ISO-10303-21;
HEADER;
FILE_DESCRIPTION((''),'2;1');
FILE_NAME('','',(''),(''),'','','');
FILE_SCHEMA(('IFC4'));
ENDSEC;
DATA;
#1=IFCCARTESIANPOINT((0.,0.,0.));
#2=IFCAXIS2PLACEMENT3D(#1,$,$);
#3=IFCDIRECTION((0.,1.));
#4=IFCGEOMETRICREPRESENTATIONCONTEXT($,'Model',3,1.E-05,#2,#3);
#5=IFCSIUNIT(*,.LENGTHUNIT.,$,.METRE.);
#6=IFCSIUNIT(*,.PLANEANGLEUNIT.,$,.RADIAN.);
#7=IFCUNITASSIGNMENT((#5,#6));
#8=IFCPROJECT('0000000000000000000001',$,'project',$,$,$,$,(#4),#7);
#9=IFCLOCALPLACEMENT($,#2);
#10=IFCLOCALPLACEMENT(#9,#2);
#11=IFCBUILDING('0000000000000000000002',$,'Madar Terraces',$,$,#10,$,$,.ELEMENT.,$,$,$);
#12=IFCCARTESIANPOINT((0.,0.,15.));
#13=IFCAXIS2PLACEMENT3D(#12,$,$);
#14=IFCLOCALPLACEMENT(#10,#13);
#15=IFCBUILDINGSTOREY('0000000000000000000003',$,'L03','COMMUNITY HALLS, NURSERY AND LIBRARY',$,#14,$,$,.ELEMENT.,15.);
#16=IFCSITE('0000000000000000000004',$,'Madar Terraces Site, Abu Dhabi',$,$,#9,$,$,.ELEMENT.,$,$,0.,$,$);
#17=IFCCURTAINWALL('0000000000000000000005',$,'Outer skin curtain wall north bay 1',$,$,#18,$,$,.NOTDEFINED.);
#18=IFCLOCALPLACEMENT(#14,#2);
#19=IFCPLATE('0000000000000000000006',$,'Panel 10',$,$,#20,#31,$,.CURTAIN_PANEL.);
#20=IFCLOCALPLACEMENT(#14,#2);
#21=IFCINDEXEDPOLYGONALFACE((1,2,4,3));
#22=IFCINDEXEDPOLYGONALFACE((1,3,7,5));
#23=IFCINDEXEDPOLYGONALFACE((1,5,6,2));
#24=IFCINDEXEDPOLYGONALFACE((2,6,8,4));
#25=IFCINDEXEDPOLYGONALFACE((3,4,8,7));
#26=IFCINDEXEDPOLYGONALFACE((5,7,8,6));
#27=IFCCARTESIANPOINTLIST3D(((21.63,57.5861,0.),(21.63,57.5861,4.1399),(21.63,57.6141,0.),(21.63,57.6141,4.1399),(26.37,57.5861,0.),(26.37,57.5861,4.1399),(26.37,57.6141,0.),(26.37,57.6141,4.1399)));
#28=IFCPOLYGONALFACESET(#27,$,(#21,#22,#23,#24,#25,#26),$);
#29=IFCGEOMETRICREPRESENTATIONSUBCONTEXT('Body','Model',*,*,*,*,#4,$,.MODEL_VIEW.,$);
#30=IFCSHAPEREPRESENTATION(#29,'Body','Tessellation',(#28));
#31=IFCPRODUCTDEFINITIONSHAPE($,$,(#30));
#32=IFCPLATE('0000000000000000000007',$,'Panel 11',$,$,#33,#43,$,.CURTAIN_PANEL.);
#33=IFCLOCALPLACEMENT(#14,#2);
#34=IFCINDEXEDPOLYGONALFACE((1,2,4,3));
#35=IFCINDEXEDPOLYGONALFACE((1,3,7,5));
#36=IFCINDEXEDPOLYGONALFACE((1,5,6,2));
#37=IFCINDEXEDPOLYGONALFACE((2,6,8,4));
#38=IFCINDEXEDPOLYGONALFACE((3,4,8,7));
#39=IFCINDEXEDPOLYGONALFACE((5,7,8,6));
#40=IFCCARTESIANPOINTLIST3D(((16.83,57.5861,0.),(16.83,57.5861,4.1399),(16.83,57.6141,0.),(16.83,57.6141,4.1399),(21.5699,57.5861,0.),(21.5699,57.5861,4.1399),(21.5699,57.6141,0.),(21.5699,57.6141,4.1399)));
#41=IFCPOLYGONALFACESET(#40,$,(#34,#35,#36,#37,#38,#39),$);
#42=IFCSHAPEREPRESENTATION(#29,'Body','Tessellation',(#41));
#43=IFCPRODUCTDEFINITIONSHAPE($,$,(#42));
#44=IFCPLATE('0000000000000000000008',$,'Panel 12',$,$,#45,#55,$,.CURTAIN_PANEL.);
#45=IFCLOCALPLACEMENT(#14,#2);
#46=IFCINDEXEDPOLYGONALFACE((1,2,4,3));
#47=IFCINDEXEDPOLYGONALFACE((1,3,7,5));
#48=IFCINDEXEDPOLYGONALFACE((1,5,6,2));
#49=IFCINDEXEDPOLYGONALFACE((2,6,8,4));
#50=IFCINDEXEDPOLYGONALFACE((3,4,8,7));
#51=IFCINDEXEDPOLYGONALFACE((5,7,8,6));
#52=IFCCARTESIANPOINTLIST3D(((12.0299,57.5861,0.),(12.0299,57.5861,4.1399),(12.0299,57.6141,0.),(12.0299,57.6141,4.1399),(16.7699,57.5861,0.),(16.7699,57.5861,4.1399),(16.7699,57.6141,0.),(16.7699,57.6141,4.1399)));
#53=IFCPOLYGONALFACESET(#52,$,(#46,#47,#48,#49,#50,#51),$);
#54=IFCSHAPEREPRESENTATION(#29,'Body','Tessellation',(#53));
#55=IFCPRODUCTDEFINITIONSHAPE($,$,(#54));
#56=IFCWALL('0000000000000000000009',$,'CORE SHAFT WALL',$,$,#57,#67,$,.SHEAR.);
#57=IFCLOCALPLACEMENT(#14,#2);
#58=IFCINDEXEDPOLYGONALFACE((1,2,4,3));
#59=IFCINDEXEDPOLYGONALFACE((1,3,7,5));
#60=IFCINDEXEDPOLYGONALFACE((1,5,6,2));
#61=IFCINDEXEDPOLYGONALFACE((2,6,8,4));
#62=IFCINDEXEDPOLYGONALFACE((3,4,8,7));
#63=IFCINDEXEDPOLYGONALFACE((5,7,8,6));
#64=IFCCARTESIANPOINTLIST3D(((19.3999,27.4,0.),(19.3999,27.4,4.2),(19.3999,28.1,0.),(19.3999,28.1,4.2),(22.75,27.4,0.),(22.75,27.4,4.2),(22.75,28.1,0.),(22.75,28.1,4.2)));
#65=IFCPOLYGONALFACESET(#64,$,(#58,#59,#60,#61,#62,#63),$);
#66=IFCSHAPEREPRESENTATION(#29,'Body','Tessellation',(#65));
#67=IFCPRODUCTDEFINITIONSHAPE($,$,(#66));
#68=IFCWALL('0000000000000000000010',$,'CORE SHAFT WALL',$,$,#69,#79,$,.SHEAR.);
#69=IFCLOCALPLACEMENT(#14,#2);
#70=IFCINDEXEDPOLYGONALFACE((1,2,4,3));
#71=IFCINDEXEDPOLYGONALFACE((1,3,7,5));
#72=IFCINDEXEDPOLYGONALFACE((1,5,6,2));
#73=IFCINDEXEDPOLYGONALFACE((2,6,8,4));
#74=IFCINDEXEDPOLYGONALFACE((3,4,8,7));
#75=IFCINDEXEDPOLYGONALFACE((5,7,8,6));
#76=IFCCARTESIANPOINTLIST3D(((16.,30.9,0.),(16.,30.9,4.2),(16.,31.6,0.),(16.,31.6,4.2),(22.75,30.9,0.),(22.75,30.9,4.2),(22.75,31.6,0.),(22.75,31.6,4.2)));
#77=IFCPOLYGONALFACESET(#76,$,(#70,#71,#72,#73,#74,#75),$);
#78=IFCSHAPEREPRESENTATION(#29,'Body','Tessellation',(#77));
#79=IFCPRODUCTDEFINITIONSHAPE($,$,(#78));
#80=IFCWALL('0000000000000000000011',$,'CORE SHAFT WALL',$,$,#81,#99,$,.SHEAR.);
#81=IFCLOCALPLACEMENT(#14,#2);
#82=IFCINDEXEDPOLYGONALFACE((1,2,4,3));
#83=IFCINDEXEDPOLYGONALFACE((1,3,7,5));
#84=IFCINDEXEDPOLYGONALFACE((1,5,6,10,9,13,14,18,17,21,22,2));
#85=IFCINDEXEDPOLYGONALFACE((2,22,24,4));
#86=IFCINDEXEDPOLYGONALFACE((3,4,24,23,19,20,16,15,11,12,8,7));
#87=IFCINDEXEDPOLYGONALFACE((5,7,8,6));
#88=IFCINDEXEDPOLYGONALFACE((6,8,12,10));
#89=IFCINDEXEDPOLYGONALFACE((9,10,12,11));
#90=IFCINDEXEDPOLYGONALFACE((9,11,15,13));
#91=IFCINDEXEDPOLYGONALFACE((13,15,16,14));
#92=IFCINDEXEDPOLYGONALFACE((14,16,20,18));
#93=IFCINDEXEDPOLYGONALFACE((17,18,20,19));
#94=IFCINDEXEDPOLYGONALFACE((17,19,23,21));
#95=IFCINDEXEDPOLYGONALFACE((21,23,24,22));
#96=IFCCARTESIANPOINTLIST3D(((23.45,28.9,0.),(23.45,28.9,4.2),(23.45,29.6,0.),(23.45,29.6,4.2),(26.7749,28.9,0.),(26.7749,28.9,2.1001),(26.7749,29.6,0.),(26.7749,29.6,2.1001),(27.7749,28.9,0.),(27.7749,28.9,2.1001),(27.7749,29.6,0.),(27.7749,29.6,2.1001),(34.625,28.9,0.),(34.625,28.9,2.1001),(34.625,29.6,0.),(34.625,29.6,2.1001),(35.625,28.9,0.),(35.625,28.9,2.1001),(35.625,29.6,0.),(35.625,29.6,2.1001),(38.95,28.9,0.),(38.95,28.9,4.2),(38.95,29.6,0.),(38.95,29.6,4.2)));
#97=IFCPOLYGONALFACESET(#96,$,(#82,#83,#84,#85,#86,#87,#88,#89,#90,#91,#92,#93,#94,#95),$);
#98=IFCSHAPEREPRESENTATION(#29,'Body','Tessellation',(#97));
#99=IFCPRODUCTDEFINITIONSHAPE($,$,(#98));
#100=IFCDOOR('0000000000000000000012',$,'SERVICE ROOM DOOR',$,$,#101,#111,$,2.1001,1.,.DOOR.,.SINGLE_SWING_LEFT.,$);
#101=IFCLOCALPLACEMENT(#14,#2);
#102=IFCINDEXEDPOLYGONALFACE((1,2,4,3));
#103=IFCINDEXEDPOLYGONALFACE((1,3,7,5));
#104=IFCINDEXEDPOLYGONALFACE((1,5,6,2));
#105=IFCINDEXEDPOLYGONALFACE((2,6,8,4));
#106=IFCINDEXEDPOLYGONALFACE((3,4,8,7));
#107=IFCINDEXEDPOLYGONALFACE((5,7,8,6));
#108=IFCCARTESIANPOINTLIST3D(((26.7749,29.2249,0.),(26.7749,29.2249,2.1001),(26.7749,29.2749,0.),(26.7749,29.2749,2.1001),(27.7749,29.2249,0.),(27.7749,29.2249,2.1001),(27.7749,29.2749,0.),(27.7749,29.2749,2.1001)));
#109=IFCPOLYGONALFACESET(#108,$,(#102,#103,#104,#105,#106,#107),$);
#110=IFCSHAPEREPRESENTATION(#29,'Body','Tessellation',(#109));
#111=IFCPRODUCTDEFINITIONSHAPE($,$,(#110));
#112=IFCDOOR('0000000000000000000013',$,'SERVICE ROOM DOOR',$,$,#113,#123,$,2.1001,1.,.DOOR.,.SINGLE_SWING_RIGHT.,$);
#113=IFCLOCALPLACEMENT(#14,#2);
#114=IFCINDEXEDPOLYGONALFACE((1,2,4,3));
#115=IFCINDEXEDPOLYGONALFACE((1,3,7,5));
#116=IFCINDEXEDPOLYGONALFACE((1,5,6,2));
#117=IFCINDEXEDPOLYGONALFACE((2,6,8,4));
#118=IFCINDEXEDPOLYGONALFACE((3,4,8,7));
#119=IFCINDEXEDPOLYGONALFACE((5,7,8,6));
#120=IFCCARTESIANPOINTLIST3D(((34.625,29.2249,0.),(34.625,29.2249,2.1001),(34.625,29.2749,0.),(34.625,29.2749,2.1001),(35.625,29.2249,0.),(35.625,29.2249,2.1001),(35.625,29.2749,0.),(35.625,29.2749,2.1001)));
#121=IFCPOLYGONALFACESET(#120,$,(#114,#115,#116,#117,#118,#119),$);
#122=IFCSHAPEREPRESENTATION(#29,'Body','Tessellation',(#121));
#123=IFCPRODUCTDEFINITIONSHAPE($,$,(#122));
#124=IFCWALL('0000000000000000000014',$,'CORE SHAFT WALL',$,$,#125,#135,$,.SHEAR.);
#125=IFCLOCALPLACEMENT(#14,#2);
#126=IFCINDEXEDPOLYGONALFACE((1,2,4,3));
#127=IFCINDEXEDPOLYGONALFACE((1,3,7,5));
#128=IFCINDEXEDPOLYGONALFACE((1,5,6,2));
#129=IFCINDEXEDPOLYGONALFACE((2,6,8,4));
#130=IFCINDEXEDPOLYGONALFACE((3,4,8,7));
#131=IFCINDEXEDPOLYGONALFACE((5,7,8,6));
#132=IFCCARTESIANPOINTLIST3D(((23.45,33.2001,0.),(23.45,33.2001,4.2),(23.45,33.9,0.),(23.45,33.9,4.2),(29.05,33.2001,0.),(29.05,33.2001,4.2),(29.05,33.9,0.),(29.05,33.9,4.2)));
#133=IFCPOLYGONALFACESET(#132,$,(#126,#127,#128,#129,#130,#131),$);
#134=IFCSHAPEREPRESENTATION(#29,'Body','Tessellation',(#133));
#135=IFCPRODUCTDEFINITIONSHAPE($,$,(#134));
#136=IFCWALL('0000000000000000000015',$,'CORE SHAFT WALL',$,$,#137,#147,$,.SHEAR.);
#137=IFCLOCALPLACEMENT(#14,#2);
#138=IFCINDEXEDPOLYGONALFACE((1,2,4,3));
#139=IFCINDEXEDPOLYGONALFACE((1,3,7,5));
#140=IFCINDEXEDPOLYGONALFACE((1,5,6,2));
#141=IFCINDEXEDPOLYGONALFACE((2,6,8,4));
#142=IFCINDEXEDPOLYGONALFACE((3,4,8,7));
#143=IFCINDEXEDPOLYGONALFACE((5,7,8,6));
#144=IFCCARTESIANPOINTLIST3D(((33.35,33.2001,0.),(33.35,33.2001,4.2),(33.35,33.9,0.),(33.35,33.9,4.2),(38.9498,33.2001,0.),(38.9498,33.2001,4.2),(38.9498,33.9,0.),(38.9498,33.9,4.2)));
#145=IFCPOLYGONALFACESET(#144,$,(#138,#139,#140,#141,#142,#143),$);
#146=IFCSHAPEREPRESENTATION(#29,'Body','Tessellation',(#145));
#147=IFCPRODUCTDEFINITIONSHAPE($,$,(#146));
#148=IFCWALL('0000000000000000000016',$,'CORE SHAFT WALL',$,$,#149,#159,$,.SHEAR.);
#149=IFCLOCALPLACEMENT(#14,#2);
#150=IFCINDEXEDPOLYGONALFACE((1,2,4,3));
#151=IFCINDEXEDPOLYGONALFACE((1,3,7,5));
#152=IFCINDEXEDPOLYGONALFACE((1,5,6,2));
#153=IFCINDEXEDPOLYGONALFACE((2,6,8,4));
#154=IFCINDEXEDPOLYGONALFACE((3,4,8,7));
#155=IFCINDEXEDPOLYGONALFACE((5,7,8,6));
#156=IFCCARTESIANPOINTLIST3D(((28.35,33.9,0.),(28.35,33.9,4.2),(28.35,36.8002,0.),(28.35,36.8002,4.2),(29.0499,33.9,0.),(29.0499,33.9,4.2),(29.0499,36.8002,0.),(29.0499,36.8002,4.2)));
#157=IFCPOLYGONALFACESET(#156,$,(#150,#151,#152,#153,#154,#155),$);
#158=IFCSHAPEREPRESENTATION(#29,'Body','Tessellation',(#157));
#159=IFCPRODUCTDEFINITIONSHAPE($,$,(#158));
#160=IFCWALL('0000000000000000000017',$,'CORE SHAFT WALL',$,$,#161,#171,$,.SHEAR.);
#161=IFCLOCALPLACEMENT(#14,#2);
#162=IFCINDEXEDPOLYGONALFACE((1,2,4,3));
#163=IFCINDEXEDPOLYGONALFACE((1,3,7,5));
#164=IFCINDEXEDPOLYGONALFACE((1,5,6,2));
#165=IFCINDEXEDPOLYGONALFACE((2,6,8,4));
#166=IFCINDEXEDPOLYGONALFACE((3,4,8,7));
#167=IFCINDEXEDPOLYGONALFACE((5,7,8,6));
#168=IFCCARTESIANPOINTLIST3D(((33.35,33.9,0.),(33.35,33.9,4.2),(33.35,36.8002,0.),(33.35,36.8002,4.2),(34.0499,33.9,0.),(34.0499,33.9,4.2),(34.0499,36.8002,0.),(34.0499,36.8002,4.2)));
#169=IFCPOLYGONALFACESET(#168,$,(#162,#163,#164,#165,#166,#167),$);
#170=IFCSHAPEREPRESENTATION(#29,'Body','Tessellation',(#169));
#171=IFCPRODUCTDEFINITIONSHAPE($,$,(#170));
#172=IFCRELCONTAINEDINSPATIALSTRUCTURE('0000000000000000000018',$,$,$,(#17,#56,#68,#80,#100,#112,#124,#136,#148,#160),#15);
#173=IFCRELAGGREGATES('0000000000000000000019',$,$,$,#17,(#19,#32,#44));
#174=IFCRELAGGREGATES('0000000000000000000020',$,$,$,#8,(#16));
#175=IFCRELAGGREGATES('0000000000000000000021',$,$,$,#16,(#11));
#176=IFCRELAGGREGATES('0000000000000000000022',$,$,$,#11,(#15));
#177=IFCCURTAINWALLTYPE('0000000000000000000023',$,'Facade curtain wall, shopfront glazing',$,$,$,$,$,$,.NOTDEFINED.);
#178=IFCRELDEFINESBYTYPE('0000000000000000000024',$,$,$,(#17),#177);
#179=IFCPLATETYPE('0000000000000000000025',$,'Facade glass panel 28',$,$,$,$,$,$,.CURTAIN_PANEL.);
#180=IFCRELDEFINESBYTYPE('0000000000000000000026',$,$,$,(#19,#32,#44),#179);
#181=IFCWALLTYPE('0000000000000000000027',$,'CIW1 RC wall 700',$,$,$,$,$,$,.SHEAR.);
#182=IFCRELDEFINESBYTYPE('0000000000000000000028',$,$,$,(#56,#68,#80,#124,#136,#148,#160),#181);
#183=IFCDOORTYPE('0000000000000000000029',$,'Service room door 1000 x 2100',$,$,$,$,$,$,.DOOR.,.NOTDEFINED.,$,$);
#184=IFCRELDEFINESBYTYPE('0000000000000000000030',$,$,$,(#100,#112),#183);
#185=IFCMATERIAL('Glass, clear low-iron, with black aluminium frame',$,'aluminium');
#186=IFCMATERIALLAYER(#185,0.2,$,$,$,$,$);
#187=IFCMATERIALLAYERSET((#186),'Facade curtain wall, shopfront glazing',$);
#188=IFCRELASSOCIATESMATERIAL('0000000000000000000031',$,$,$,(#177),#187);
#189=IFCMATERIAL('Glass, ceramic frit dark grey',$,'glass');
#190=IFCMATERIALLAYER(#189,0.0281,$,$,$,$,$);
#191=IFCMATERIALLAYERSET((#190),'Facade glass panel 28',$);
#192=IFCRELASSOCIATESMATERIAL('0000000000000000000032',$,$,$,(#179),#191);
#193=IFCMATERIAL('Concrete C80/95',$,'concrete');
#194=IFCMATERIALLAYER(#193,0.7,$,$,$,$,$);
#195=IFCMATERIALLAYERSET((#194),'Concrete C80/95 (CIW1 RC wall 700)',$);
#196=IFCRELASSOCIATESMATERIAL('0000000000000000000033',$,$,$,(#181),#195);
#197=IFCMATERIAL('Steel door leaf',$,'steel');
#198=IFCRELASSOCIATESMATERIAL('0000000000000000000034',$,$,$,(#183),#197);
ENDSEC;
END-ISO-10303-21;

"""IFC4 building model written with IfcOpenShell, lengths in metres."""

from ifc_helpers import new_model, si_unit, direction, frame, frame_2d, origin, origin_2d, place, context, subcontext, project, spatial, rectangle, extrude, material, layer, layer_set, type_object, element, fill, aggregate, save


model = new_model("IFC4")

# Units and contexts
model_context = context("Model", 3, precision=1e-05, world=origin(), true_north=direction((0.0, 1.0)))
body_context = subcontext(model_context, "Body", "Model", "MODEL_VIEW")
ifc_project = project(units=[si_unit("LENGTHUNIT", "METRE"), si_unit("PLANEANGLEUNIT", "RADIAN")], contexts=[model_context])

# Site, building, storey
site_placement = place(None, origin())
site = spatial("IfcSite", under=ifc_project, at=site_placement, Name="Madar Terraces Site, Abu Dhabi", CompositionType="ELEMENT", RefElevation=0.0)
building_placement = place(site_placement, origin())
building = spatial("IfcBuilding", under=site, at=building_placement, Name="Madar Terraces", CompositionType="ELEMENT")
storey_placement = place(building_placement, frame((0.0, 0.0, 15.0)))
storey = spatial("IfcBuildingStorey", under=building, at=storey_placement, Name="L03", Description="COMMUNITY HALLS, NURSERY AND LIBRARY", CompositionType="ELEMENT", Elevation=15.0)

# Curtain wall, plates
ifc_material_1 = material(Name="Glass, clear low-iron, with black aluminium frame", Category="aluminium")
ifc_layer_1 = layer(ifc_material_1, 0.2)
ifc_layer_set_1 = layer_set([ifc_layer_1], Name="Facade curtain wall, shopfront glazing")
curtain_wall_type = type_object("IfcCurtainWallType", Name="Facade curtain wall, shopfront glazing", PredefinedType="NOTDEFINED", material=ifc_layer_set_1)
curtain_wall_placement = place(storey_placement, origin())
curtain_wall = element("IfcCurtainWall", 1, at=curtain_wall_placement, inside=storey, type_object=curtain_wall_type, Name="Outer skin curtain wall north bay 1", PredefinedType="NOTDEFINED")
ifc_material_2 = material(Name="Glass, ceramic frit dark grey", Category="glass")
ifc_layer_2 = layer(ifc_material_2, 0.0281)
ifc_layer_set_2 = layer_set([ifc_layer_2], Name="Facade glass panel 28")
plate_type = type_object("IfcPlateType", Name="Facade glass panel 28", PredefinedType="CURTAIN_PANEL", material=ifc_layer_set_2)
plate_1_placement = place(storey_placement, frame((24.0, 57.6001, 0.0), z_axis=(0.0, 0.0, 1.0), x_axis=(-1.0, 0.0, 0.0)))
plate_1 = element("IfcPlate", 2, at=plate_1_placement, type_object=plate_type, Name="Panel 10", PredefinedType="CURTAIN_PANEL", context=body_context, shape_type="SweptSolid", body=[
    extrude(rectangle(XDim=4.74, YDim=0.0281, at=origin_2d()), origin(), (0.0, 0.0, 1.0), 4.1399),
])
plate_2_placement = place(storey_placement, frame((19.2, 57.6001, 0.0), z_axis=(0.0, 0.0, 1.0), x_axis=(-1.0, 0.0, 0.0)))
plate_2 = element("IfcPlate", 3, at=plate_2_placement, type_object=plate_type, Name="Panel 11", PredefinedType="CURTAIN_PANEL", context=body_context, shape_type="SweptSolid", body=[
    extrude(rectangle(XDim=4.74, YDim=0.0281, at=origin_2d()), origin(), (0.0, 0.0, 1.0), 4.1399),
])
plate_3_placement = place(storey_placement, frame((14.3999, 57.6001, 0.0), z_axis=(0.0, 0.0, 1.0), x_axis=(-1.0, 0.0, 0.0)))
plate_3 = element("IfcPlate", 4, at=plate_3_placement, type_object=plate_type, Name="Panel 12", PredefinedType="CURTAIN_PANEL", context=body_context, shape_type="SweptSolid", body=[
    extrude(rectangle(XDim=4.74, YDim=0.0281, at=origin_2d()), origin(), (0.0, 0.0, 1.0), 4.1399),
])
aggregate(curtain_wall, [plate_1, plate_2, plate_3])

# Walls
ifc_material_3 = material(Name="Concrete C80/95", Category="concrete")
ifc_layer_3 = layer(ifc_material_3, 0.7)
ifc_layer_set_3 = layer_set([ifc_layer_3], Name="Concrete C80/95 (CIW1 RC wall 700)")
wall_type_1 = type_object("IfcWallType", Name="CIW1 RC wall 700", PredefinedType="SHEAR", material=ifc_layer_set_3)
wall_1_placement = place(storey_placement, frame((19.3999, 27.75, 0.0), z_axis=(0.0, 0.0, 1.0), x_axis=(1.0, 0.0, 0.0)))
element("IfcWall", 5, at=wall_1_placement, inside=storey, type_object=wall_type_1, Name="CORE SHAFT WALL", PredefinedType="SHEAR", context=body_context, shape_type="SweptSolid", body=[
    extrude(rectangle(XDim=3.3501, YDim=0.7, at=frame_2d((1.675, 0.0))), origin(), (0.0, 0.0, 1.0), 4.2),
])
wall_2_placement = place(storey_placement, frame((16.0, 31.25, 0.0), z_axis=(0.0, 0.0, 1.0), x_axis=(1.0, 0.0, 0.0)))
element("IfcWall", 6, at=wall_2_placement, inside=storey, type_object=wall_type_1, Name="CORE SHAFT WALL", PredefinedType="SHEAR", context=body_context, shape_type="SweptSolid", body=[
    extrude(rectangle(XDim=6.75, YDim=0.7, at=frame_2d((3.375, 0.0))), origin(), (0.0, 0.0, 1.0), 4.2),
])

# Wall, openings, doors
wall_3_placement = place(storey_placement, frame((23.45, 29.25, 0.0), z_axis=(0.0, 0.0, 1.0), x_axis=(1.0, 0.0, 0.0)))
wall_3 = element("IfcWall", 7, at=wall_3_placement, inside=storey, type_object=wall_type_1, Name="CORE SHAFT WALL", PredefinedType="SHEAR", context=body_context, shape_type="SweptSolid", body=[
    extrude(rectangle(XDim=15.5, YDim=0.7, at=frame_2d((7.75, 0.0))), origin(), (0.0, 0.0, 1.0), 4.2),
])
opening_1_placement = place(wall_3_placement, frame((3.325, 0.0, 0.0)))
opening_1 = element("IfcOpeningElement", 8, at=opening_1_placement, cuts=wall_3, PredefinedType="OPENING", context=body_context, shape_type="SweptSolid", body=[
    extrude(rectangle(XDim=1.0, YDim=2.1001, at=frame_2d((0.5, 1.05))), frame((0.0, 0.3599, 0.0), z_axis=(0.0, -1.0, 0.0), x_axis=(1.0, 0.0, 0.0)), (0.0, 0.0, 1.0), 0.72),
])
opening_2_placement = place(wall_3_placement, frame((11.175, 0.0, 0.0)))
opening_2 = element("IfcOpeningElement", 9, at=opening_2_placement, cuts=wall_3, PredefinedType="OPENING", context=body_context, shape_type="SweptSolid", body=[
    extrude(rectangle(XDim=1.0, YDim=2.1001, at=frame_2d((0.5, 1.05))), frame((0.0, 0.3599, 0.0), z_axis=(0.0, -1.0, 0.0), x_axis=(1.0, 0.0, 0.0)), (0.0, 0.0, 1.0), 0.72),
])
ifc_material_4 = material(Name="Steel door leaf", Category="steel")
door_type_1 = type_object("IfcDoorType", Name="Service room door 1000 x 2100", OperationType="NOTDEFINED", PredefinedType="DOOR", material=ifc_material_4)
door_1_placement = place(opening_1_placement, origin())
door_1 = element("IfcDoor", 10, at=door_1_placement, inside=storey, type_object=door_type_1, Name="SERVICE ROOM DOOR", OperationType="SINGLE_SWING_LEFT", OverallHeight=2.1001, OverallWidth=1.0, PredefinedType="DOOR", context=body_context, shape_type="SweptSolid", body=[
    extrude(rectangle(XDim=1.0, YDim=2.1001, at=frame_2d((0.5, 1.05))), frame((0.0, 0.0249, 0.0), z_axis=(0.0, -1.0, 0.0), x_axis=(1.0, 0.0, 0.0)), (0.0, 0.0, 1.0), 0.05),
])
fill(opening_1, door_1)
door_2_placement = place(opening_2_placement, origin())
door_2 = element("IfcDoor", 11, at=door_2_placement, inside=storey, type_object=door_type_1, Name="SERVICE ROOM DOOR", OperationType="SINGLE_SWING_RIGHT", OverallHeight=2.1001, OverallWidth=1.0, PredefinedType="DOOR", context=body_context, shape_type="SweptSolid", body=[
    extrude(rectangle(XDim=1.0, YDim=2.1001, at=frame_2d((0.5, 1.05))), frame((0.0, 0.0249, 0.0), z_axis=(0.0, -1.0, 0.0), x_axis=(1.0, 0.0, 0.0)), (0.0, 0.0, 1.0), 0.05),
])
fill(opening_2, door_2)

# Walls
wall_4_placement = place(storey_placement, frame((23.45, 33.55, 0.0), z_axis=(0.0, 0.0, 1.0), x_axis=(1.0, 0.0, 0.0)))
element("IfcWall", 12, at=wall_4_placement, inside=storey, type_object=wall_type_1, Name="CORE SHAFT WALL", PredefinedType="SHEAR", context=body_context, shape_type="SweptSolid", body=[
    extrude(rectangle(XDim=5.6001, YDim=0.7, at=frame_2d((2.8, 0.0))), origin(), (0.0, 0.0, 1.0), 4.2),
])
wall_5_placement = place(storey_placement, frame((33.3501, 33.55, 0.0), z_axis=(0.0, 0.0, 1.0), x_axis=(1.0, 0.0, 0.0)))
element("IfcWall", 13, at=wall_5_placement, inside=storey, type_object=wall_type_1, Name="CORE SHAFT WALL", PredefinedType="SHEAR", context=body_context, shape_type="SweptSolid", body=[
    extrude(rectangle(XDim=5.5999, YDim=0.7, at=frame_2d((2.7998, 0.0))), origin(), (0.0, 0.0, 1.0), 4.2),
])
for number, where, z_axis, x_axis, name in (
    (14, (28.7, 33.8999, 0.0), (0.0, 0.0, 1.0), (0.0, 1.0, 0.0), "CORE SHAFT WALL"),
    (15, (33.7, 33.8999, 0.0), (0.0, 0.0, 1.0), (0.0, 1.0, 0.0), "CORE SHAFT WALL"),
):
    element("IfcWall", number, at=place(storey_placement, frame(where, z_axis=z_axis, x_axis=x_axis)), inside=storey, type_object=wall_type_1, Name=name, PredefinedType="SHEAR", context=body_context, shape_type="SweptSolid", body=[
        extrude(rectangle(XDim=2.9001, YDim=0.7, at=frame_2d((1.4502, 0.0))), origin(), (0.0, 0.0, 1.0), 4.2),
    ])

save(model, "model.ifc")
